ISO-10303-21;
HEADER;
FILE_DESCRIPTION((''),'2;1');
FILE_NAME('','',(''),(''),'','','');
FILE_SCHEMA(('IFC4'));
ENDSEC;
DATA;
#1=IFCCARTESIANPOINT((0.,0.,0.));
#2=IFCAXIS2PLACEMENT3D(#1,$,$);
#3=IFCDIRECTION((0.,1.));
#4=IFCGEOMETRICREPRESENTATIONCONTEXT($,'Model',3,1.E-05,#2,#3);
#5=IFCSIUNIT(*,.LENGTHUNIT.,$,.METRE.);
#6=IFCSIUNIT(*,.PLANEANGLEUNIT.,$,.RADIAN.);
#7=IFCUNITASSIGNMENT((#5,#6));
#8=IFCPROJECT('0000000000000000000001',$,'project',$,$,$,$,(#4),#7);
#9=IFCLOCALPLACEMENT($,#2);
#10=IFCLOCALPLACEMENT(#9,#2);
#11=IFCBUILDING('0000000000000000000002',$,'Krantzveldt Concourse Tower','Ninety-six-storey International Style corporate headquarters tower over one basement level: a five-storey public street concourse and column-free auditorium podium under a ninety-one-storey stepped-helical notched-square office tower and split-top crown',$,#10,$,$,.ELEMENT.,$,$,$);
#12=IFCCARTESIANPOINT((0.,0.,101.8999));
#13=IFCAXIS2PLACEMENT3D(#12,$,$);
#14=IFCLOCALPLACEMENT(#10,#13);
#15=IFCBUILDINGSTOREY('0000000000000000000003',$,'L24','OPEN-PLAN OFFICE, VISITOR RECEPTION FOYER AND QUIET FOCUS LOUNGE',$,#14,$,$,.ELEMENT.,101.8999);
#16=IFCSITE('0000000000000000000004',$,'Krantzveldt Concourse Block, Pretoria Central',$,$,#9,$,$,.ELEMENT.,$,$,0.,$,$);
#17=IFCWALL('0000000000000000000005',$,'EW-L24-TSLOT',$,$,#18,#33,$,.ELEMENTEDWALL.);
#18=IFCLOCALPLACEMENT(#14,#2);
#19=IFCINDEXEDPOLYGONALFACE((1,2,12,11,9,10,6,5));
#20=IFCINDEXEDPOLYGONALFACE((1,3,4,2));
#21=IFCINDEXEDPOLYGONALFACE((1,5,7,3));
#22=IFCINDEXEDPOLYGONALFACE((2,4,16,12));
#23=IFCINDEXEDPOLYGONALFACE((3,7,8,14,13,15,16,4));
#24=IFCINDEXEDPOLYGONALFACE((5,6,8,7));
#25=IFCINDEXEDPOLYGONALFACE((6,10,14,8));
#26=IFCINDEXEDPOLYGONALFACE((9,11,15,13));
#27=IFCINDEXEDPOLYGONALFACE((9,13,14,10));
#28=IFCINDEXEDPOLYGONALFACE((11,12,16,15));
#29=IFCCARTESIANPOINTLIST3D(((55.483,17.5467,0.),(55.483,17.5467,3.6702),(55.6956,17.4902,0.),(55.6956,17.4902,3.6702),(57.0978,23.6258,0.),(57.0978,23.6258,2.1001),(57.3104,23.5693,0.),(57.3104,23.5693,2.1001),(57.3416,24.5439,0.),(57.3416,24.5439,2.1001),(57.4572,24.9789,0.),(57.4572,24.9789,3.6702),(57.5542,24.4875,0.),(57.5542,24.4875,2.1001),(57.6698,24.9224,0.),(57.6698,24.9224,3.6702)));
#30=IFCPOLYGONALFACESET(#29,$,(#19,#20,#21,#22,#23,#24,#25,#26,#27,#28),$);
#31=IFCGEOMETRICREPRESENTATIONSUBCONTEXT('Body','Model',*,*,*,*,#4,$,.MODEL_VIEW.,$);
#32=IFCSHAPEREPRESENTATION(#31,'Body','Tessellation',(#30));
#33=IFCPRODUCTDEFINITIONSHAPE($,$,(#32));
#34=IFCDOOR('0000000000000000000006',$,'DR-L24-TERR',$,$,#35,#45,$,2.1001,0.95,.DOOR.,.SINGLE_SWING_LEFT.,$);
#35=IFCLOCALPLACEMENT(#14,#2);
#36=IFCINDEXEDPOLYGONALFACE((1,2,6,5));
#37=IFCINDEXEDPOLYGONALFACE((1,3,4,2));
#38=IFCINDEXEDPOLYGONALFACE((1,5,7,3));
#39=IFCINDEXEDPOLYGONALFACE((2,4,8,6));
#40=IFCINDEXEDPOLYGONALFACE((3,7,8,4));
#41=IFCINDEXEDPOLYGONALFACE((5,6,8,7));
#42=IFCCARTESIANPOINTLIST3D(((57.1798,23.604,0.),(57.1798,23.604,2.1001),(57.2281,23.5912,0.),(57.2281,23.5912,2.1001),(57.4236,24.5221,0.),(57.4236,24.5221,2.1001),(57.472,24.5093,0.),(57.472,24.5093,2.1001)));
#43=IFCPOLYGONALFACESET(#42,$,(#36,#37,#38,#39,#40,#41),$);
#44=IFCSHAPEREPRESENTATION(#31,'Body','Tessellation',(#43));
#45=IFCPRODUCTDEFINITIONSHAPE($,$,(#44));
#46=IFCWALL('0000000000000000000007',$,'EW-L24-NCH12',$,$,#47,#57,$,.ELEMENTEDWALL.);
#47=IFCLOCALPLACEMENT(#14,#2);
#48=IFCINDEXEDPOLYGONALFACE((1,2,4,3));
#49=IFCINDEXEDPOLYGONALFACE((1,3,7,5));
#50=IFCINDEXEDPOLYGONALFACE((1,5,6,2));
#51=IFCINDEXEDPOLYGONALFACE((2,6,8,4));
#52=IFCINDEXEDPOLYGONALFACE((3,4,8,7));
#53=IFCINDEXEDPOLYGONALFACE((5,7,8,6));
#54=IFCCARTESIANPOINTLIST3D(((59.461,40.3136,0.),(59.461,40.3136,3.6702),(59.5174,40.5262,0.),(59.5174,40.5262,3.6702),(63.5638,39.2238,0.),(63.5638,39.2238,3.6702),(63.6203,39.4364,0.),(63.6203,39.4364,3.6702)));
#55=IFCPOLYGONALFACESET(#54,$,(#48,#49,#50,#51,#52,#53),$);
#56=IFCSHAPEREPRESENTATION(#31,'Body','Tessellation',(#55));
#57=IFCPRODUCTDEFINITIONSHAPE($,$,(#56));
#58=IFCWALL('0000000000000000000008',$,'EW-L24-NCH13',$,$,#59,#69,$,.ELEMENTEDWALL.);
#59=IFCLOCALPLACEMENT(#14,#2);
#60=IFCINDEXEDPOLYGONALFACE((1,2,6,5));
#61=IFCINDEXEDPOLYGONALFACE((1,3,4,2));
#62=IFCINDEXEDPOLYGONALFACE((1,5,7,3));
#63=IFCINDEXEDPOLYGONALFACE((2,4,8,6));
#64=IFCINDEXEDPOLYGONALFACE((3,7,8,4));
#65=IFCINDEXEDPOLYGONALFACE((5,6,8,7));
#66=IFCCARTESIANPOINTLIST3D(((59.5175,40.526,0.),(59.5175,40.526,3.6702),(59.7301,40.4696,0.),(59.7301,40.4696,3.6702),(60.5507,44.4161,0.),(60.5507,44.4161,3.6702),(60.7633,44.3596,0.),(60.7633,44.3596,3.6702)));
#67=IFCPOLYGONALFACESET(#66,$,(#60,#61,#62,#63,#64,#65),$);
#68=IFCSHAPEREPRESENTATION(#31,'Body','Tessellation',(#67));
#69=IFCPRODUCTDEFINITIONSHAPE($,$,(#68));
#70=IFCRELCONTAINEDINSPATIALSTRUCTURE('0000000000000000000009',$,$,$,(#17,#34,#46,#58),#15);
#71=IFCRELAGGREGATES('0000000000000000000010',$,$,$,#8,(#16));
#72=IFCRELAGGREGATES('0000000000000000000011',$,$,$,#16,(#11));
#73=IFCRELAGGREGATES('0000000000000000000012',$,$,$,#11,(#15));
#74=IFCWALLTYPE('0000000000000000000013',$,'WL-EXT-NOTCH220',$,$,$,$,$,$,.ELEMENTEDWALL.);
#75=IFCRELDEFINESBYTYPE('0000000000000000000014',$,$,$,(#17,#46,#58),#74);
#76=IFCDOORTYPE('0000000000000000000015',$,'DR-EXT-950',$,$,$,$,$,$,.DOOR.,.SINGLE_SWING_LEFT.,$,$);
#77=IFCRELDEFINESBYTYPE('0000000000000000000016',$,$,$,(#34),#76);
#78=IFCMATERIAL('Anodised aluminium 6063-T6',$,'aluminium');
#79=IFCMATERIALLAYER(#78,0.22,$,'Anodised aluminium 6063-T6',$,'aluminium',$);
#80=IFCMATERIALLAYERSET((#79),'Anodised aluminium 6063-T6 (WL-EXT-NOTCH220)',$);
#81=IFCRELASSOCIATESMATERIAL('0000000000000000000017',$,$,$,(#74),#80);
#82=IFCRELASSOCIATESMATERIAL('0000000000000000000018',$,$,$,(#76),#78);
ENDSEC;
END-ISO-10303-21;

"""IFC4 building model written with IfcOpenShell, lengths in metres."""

from ifc_helpers import new_model, si_unit, direction, frame, frame_2d, origin, place, context, subcontext, project, spatial, rectangle, extrude, material, layer, layer_set, type_object, element, fill, save


model = new_model("IFC4")

# Units and contexts
model_context = context("Model", 3, precision=1e-05, world=origin(), true_north=direction((0.0, 1.0)))
body_context = subcontext(model_context, "Body", "Model", "MODEL_VIEW")
ifc_project = project(units=[si_unit("LENGTHUNIT", "METRE"), si_unit("PLANEANGLEUNIT", "RADIAN")], contexts=[model_context])

# Site, building, storey
site_placement = place(None, origin())
site = spatial("IfcSite", under=ifc_project, at=site_placement, Name="Krantzveldt Concourse Block, Pretoria Central", CompositionType="ELEMENT", RefElevation=0.0)
building_placement = place(site_placement, origin())
building = spatial("IfcBuilding", under=site, at=building_placement, Name="Krantzveldt Concourse Tower", Description="Ninety-six-storey International Style corporate headquarters tower over one basement level: a five-storey public street concourse and column-free auditorium podium under a ninety-one-storey stepped-helical notched-square office tower and split-top crown", CompositionType="ELEMENT")
storey_placement = place(building_placement, frame((0.0, 0.0, 101.8999)))
storey = spatial("IfcBuildingStorey", under=building, at=storey_placement, Name="L24", Description="OPEN-PLAN OFFICE, VISITOR RECEPTION FOYER AND QUIET FOCUS LOUNGE", CompositionType="ELEMENT", Elevation=101.8999)

# Shared definitions
ifc_material_1 = material(Name="Anodised aluminium 6063-T6", Category="aluminium")

# Wall, opening, door
ifc_layer_1 = layer(ifc_material_1, 0.22, Name="Anodised aluminium 6063-T6", Category="aluminium")
ifc_layer_set_1 = layer_set([ifc_layer_1], Name="Anodised aluminium 6063-T6 (WL-EXT-NOTCH220)")
wall_type = type_object("IfcWallType", Name="WL-EXT-NOTCH220", PredefinedType="ELEMENTEDWALL", material=ifc_layer_set_1)
wall_1_placement = place(storey_placement, frame((57.5635, 24.9507, 0.0), z_axis=(0.0, 0.0, 1.0), x_axis=(-0.256718, -0.966486, 0.0)))
wall_1 = element("IfcWall", 1, at=wall_1_placement, inside=storey, type_object=wall_type, Name="EW-L24-TSLOT", PredefinedType="ELEMENTEDWALL", context=body_context, shape_type="SweptSolid", body=[
    extrude(rectangle(XDim=7.6899, YDim=0.22, at=frame_2d((3.845, 0.0))), origin(), (0.0, 0.0, 1.0), 3.6702),
])
opening_placement = place(wall_1_placement, frame((0.45, 0.0, 0.0)))
opening = element("IfcOpeningElement", 2, at=opening_placement, cuts=wall_1, PredefinedType="OPENING", context=body_context, shape_type="SweptSolid", body=[
    extrude(rectangle(XDim=0.95, YDim=2.1001, at=frame_2d((0.4751, 1.05))), frame((0.0, 0.1201, 0.0), z_axis=(0.0, -1.0, 0.0), x_axis=(1.0, 0.0, 0.0)), (0.0, 0.0, 1.0), 0.24),
])
door_type = type_object("IfcDoorType", Name="DR-EXT-950", OperationType="SINGLE_SWING_LEFT", PredefinedType="DOOR", material=ifc_material_1)
door_placement = place(opening_placement, origin())
door = element("IfcDoor", 3, at=door_placement, inside=storey, type_object=door_type, Name="DR-L24-TERR", OperationType="SINGLE_SWING_LEFT", OverallHeight=2.1001, OverallWidth=0.95, PredefinedType="DOOR", context=body_context, shape_type="SweptSolid", body=[
    extrude(rectangle(XDim=0.95, YDim=2.1001, at=frame_2d((0.4751, 1.05))), frame((0.0, 0.0249, 0.0), z_axis=(0.0, -1.0, 0.0), x_axis=(1.0, 0.0, 0.0)), (0.0, 0.0, 1.0), 0.05),
])
fill(opening, door)

# Walls
wall_2_placement = place(storey_placement, frame((63.592, 39.3301, 0.0), z_axis=(0.0, 0.0, 1.0), x_axis=(-0.966483, 0.256732, 0.0)))
element("IfcWall", 4, at=wall_2_placement, inside=storey, type_object=wall_type, Name="EW-L24-NCH12", PredefinedType="ELEMENTEDWALL", context=body_context, shape_type="SweptSolid", body=[
    extrude(rectangle(XDim=4.2451, YDim=0.22, at=frame_2d((2.1226, 0.0))), origin(), (0.0, 0.0, 1.0), 3.6702),
])
wall_3_placement = place(storey_placement, frame((59.6238, 40.4978, 0.0), z_axis=(0.0, 0.0, 1.0), x_axis=(0.256696, 0.966492, 0.0)))
element("IfcWall", 5, at=wall_3_placement, inside=storey, type_object=wall_type, Name="EW-L24-NCH13", PredefinedType="ELEMENTEDWALL", context=body_context, shape_type="SweptSolid", body=[
    extrude(rectangle(XDim=4.0249, YDim=0.22, at=frame_2d((2.0125, 0.0))), origin(), (0.0, 0.0, 1.0), 3.6702),
])

save(model, "model.ifc")
